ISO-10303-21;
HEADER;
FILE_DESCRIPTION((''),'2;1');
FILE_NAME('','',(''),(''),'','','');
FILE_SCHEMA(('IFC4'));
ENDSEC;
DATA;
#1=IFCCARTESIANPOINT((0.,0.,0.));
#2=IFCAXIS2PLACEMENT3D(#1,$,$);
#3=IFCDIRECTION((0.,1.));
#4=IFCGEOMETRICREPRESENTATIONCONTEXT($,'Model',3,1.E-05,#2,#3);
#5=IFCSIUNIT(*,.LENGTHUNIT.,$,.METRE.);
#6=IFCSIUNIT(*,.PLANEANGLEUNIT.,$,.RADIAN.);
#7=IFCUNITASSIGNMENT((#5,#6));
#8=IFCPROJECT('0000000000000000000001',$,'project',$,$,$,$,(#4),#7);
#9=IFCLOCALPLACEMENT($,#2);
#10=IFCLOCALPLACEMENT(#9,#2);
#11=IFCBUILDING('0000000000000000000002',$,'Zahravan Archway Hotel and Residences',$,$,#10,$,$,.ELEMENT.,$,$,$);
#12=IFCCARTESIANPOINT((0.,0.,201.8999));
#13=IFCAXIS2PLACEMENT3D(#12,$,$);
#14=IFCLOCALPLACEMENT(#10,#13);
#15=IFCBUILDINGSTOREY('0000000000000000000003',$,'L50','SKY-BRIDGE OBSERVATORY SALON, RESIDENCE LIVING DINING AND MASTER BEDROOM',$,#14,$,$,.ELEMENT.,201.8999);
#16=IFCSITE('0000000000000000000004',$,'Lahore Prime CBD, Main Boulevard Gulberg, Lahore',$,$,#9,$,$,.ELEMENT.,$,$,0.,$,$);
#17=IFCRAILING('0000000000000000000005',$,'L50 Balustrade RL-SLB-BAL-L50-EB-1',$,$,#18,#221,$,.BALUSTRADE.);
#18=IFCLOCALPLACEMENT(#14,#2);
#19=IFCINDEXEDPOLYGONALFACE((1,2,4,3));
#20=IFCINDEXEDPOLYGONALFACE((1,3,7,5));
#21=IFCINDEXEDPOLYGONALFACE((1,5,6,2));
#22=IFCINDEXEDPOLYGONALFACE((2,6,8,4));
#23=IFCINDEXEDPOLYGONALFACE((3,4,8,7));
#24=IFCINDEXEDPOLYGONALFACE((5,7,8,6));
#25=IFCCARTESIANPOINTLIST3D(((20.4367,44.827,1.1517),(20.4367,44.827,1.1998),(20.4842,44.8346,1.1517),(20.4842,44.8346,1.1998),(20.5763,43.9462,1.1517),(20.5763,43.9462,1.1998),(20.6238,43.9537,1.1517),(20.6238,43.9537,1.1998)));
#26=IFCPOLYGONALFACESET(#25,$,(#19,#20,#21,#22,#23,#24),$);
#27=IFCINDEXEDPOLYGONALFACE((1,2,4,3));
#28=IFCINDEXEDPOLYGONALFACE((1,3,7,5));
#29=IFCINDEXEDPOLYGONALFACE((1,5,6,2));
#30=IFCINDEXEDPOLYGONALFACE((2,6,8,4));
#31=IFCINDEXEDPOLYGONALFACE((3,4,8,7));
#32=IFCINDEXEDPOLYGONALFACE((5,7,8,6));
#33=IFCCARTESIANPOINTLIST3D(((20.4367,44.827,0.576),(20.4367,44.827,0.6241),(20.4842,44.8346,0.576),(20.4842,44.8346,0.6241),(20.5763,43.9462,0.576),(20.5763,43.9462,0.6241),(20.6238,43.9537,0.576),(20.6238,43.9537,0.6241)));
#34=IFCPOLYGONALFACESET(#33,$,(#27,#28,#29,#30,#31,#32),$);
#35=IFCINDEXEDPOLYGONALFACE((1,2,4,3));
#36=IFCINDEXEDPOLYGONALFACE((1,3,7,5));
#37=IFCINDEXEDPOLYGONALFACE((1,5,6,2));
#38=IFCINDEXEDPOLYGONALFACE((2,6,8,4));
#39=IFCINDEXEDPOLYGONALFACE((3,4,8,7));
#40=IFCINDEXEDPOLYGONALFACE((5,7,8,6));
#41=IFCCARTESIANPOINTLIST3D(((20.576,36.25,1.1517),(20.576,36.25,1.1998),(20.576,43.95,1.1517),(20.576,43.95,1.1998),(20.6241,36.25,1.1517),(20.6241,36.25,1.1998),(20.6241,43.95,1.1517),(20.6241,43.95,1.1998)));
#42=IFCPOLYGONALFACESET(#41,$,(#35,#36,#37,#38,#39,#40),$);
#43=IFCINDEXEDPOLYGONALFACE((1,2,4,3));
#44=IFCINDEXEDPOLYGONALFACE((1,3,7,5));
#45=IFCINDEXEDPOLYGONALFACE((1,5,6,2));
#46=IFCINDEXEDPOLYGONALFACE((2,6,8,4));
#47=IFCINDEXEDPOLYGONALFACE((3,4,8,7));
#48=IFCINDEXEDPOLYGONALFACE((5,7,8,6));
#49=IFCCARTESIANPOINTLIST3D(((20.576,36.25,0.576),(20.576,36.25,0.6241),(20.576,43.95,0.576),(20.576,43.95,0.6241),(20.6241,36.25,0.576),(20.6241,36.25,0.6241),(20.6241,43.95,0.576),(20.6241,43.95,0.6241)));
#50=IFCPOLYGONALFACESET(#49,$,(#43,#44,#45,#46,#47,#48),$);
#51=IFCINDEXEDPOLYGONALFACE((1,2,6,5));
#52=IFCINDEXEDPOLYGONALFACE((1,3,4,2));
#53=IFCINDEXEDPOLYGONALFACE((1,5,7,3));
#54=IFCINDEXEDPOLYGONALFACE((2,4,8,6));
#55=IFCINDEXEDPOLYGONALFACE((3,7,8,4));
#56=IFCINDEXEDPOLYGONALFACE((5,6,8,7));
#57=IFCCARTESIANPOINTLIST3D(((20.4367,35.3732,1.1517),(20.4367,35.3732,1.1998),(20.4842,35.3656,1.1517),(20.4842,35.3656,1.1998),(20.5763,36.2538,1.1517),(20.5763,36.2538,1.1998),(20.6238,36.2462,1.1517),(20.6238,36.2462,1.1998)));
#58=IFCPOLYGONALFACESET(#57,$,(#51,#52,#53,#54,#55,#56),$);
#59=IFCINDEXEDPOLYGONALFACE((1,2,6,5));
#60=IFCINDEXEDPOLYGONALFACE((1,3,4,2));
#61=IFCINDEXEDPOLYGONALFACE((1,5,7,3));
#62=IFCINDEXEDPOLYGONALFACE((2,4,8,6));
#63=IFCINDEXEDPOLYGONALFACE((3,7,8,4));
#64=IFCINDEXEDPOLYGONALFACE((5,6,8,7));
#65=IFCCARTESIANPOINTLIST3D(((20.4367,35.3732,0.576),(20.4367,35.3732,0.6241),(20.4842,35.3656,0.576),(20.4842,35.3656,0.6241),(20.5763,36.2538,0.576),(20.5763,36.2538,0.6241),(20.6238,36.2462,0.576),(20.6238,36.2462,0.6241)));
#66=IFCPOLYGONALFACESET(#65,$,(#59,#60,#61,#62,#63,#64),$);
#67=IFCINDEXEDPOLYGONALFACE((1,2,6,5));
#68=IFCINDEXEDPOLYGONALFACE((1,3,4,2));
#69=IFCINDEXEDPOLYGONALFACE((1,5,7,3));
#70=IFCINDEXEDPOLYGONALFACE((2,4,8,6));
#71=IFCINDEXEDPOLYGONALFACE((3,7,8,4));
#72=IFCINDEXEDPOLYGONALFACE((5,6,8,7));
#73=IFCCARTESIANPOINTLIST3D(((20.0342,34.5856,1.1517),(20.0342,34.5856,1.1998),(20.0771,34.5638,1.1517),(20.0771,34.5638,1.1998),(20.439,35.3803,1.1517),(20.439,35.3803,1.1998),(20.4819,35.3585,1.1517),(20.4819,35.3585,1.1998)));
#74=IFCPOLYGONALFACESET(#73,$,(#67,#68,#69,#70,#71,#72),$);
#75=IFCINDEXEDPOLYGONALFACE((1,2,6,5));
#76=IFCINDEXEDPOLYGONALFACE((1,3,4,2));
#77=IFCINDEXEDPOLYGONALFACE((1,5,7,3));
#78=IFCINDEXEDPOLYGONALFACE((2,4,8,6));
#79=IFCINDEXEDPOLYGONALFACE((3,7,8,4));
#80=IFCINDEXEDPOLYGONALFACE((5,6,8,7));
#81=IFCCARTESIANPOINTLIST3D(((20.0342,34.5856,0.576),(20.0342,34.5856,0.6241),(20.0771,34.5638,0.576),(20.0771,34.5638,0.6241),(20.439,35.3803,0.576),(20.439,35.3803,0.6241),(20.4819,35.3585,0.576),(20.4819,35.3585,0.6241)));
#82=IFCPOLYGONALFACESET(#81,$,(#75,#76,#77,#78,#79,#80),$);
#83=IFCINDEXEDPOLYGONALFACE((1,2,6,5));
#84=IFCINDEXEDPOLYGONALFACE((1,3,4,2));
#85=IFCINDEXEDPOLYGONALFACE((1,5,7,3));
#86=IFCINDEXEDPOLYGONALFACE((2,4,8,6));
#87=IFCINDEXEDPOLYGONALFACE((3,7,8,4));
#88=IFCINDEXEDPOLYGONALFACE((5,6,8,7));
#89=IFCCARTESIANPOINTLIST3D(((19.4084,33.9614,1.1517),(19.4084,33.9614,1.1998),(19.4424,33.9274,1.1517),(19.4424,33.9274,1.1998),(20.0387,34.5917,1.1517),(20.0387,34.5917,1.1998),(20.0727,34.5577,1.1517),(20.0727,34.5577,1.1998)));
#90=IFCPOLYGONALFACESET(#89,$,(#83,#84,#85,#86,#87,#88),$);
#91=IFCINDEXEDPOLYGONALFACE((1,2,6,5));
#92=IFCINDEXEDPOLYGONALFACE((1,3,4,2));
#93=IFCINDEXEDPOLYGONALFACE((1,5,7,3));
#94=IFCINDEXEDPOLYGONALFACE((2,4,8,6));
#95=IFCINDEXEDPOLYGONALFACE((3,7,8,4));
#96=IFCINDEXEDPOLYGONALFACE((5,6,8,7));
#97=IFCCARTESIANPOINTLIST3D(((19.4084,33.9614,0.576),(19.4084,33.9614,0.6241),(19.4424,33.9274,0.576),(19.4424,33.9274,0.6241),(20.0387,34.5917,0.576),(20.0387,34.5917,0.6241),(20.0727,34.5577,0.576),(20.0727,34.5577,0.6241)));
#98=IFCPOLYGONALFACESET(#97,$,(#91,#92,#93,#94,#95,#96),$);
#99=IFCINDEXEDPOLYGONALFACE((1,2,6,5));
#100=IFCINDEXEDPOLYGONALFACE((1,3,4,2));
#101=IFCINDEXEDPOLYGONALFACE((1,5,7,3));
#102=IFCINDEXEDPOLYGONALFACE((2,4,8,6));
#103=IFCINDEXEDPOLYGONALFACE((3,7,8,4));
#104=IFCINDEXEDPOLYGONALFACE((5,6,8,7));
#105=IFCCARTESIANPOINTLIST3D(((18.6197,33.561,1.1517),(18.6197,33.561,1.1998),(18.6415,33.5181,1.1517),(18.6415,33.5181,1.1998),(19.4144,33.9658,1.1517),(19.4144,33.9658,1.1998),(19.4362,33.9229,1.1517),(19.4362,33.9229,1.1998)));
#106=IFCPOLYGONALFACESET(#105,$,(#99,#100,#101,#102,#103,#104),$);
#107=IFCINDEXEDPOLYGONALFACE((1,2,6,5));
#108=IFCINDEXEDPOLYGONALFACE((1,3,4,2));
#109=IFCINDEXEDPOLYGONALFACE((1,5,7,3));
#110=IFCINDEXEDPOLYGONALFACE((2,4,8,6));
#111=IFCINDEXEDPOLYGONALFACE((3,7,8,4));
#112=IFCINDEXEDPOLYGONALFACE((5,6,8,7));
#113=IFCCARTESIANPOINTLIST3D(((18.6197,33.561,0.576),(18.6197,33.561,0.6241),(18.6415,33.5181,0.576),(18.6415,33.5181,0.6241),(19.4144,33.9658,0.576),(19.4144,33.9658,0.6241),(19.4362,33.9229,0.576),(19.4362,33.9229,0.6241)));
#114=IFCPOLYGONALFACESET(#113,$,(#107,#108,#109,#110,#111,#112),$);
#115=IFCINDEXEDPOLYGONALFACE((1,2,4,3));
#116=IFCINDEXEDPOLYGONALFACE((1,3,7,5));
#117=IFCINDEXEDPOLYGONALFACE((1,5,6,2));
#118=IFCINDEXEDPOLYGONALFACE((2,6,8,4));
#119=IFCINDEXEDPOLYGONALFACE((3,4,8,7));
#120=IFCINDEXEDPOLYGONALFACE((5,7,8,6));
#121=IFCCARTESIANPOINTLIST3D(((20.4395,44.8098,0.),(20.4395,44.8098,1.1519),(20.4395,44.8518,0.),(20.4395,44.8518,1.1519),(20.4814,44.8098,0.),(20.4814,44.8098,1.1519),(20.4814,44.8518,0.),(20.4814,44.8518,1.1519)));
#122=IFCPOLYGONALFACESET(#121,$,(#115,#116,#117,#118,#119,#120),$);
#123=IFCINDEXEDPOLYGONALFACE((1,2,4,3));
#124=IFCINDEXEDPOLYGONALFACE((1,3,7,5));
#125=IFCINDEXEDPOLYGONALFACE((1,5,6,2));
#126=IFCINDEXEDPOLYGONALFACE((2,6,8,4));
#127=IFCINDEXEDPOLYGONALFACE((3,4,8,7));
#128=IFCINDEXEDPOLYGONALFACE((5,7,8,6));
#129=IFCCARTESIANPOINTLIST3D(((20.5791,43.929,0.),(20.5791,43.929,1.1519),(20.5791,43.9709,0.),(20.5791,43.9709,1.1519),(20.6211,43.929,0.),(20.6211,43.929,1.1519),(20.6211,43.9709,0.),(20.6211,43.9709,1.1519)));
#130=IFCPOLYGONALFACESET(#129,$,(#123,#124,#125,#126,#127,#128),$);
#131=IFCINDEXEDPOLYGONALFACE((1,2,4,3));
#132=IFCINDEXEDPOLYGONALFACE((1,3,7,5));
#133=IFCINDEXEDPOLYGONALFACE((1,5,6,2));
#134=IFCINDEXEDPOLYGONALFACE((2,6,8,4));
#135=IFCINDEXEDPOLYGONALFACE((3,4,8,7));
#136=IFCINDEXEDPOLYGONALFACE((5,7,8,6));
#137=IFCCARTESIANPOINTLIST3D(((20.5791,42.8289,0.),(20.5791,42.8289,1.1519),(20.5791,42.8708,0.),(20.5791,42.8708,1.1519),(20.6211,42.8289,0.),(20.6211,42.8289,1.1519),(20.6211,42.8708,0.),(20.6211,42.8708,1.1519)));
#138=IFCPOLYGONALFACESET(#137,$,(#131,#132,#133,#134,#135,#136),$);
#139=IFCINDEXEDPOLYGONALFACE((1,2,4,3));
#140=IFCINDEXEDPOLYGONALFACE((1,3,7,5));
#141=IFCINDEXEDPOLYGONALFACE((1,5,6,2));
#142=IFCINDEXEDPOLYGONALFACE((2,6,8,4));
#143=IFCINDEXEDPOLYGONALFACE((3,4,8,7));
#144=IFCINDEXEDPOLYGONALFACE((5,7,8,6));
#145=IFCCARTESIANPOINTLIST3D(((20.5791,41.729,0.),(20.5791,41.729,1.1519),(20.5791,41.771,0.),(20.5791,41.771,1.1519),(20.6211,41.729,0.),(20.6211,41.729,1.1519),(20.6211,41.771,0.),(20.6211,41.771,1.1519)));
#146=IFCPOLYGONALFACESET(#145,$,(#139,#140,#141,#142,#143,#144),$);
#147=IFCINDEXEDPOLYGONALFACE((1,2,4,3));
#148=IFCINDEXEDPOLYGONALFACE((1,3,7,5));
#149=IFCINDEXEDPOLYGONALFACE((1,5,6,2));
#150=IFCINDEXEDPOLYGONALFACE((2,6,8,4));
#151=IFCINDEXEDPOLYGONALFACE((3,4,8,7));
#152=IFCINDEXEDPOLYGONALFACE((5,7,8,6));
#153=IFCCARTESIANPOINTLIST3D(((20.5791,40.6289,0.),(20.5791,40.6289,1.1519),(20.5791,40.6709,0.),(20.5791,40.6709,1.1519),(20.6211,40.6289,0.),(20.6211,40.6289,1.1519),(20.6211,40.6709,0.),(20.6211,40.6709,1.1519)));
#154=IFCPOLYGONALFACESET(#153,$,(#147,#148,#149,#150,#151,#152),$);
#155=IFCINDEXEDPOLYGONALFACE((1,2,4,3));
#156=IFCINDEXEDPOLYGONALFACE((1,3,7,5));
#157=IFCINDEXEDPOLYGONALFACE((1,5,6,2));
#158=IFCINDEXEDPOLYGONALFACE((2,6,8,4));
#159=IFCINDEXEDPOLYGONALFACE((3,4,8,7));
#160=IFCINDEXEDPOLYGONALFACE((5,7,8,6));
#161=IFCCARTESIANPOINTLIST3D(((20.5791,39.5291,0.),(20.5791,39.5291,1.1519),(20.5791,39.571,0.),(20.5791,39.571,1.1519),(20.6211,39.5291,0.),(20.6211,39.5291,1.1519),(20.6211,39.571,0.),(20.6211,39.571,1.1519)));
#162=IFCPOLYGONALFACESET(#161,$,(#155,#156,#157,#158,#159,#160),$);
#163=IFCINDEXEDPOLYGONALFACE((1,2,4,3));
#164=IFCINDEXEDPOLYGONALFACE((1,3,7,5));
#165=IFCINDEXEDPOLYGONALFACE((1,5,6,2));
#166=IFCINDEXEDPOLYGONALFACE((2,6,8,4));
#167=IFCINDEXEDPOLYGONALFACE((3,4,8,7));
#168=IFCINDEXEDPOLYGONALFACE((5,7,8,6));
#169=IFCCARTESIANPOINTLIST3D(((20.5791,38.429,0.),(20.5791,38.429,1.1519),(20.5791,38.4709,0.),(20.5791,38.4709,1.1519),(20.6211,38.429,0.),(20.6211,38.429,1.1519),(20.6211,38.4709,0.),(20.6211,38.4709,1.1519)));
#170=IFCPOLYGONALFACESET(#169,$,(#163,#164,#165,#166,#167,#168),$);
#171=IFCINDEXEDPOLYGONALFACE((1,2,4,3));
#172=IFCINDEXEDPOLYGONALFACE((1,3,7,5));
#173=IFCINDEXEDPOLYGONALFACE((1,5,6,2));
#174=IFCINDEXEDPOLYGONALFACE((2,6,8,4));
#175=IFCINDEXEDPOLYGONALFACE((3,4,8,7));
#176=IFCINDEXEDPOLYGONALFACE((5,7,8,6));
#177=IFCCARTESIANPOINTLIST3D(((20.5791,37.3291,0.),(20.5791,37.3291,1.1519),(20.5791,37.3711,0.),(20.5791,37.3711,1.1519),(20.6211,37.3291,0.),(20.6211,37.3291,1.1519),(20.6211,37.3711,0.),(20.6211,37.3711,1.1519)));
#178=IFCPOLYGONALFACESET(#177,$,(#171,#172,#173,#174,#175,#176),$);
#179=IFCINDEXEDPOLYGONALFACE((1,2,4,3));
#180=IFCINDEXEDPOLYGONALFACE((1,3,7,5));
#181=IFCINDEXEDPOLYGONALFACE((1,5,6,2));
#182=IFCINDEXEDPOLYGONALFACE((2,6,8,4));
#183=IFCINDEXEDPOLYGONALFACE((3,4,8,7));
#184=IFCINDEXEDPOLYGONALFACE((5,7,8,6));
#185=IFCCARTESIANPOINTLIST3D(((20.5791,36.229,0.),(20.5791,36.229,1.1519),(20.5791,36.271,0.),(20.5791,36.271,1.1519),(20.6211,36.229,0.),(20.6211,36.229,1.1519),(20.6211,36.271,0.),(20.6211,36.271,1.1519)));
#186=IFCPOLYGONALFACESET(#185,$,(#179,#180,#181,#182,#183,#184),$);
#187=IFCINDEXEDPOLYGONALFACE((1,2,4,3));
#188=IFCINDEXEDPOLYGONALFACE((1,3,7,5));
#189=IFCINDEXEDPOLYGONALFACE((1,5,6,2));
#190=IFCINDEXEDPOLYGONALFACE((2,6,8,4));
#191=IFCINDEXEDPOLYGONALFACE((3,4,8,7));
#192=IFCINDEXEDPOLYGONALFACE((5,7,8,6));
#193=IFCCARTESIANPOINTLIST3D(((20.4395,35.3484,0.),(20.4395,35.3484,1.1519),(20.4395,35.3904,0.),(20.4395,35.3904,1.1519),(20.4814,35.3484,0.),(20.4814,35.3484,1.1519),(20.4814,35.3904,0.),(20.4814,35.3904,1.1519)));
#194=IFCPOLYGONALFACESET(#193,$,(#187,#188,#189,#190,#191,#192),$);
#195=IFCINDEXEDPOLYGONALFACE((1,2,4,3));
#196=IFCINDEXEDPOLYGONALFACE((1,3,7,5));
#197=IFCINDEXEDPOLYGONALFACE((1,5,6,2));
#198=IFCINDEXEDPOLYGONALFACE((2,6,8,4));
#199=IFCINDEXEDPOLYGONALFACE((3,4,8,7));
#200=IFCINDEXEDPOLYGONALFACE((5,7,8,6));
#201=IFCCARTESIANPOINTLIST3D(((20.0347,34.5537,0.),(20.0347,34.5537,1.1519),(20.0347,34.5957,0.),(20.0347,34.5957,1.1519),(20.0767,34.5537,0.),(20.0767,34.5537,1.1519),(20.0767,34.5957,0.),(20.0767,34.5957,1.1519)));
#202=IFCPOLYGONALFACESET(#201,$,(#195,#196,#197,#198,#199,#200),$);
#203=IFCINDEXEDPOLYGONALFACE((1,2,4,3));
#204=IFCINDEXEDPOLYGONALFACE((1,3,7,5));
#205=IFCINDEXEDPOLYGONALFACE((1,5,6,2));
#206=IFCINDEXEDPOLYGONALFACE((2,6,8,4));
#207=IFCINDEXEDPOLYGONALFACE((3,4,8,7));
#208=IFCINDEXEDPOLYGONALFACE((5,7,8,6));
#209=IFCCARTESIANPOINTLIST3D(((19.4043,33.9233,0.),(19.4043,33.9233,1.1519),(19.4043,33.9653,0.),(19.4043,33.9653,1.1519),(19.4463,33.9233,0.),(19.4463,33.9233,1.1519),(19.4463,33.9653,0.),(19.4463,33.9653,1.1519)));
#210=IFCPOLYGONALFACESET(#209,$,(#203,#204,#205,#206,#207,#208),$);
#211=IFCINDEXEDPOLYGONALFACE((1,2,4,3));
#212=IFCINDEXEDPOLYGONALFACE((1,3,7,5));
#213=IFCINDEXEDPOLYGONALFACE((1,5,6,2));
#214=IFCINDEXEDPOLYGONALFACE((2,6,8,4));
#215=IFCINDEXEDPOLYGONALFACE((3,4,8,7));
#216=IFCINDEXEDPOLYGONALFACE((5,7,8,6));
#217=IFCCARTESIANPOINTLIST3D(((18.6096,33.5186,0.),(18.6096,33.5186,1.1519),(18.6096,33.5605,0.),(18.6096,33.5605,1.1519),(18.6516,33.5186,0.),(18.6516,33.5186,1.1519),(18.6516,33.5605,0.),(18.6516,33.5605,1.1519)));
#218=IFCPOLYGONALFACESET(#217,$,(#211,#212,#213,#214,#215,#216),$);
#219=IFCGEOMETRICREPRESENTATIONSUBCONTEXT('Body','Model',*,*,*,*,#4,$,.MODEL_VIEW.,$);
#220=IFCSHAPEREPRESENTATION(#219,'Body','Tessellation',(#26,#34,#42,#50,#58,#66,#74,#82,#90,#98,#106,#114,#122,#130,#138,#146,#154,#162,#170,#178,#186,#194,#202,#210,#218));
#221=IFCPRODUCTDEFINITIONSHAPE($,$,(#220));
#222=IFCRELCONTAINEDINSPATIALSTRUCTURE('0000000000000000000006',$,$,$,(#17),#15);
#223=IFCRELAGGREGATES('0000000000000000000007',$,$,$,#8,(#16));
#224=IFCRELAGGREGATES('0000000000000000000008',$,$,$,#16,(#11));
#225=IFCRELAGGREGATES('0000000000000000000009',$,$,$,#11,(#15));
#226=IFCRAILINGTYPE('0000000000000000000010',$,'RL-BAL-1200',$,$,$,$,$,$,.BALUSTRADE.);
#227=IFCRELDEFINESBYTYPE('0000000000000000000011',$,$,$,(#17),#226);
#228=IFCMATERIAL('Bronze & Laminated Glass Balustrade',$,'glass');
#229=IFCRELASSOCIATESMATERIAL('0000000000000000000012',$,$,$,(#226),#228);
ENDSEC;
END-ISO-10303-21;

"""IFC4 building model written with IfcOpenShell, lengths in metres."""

from ifc_helpers import new_model, si_unit, direction, frame, origin, origin_2d, place, context, subcontext, project, spatial, rectangle, extrude, material, type_object, element, save


model = new_model("IFC4")

# Units and contexts
model_context = context("Model", 3, precision=1e-05, world=origin(), true_north=direction((0.0, 1.0)))
body_context = subcontext(model_context, "Body", "Model", "MODEL_VIEW")
ifc_project = project(units=[si_unit("LENGTHUNIT", "METRE"), si_unit("PLANEANGLEUNIT", "RADIAN")], contexts=[model_context])

# Site, building, storey
site_placement = place(None, origin())
site = spatial("IfcSite", under=ifc_project, at=site_placement, Name="Lahore Prime CBD, Main Boulevard Gulberg, Lahore", CompositionType="ELEMENT", RefElevation=0.0)
building_placement = place(site_placement, origin())
building = spatial("IfcBuilding", under=site, at=building_placement, Name="Zahravan Archway Hotel and Residences", CompositionType="ELEMENT")
storey_placement = place(building_placement, frame((0.0, 0.0, 201.8999)))
storey = spatial("IfcBuildingStorey", under=building, at=storey_placement, Name="L50", Description="SKY-BRIDGE OBSERVATORY SALON, RESIDENCE LIVING DINING AND MASTER BEDROOM", CompositionType="ELEMENT", Elevation=201.8999)

# Railing
ifc_material_1 = material(Name="Bronze & Laminated Glass Balustrade", Category="glass")
railing_type = type_object("IfcRailingType", Name="RL-BAL-1200", PredefinedType="BALUSTRADE", material=ifc_material_1)
railing_placement = place(storey_placement, frame((20.4604, 44.8308, 0.0)))
element("IfcRailing", 1, at=railing_placement, inside=storey, type_object=railing_type, Name="L50 Balustrade RL-SLB-BAL-L50-EB-1", PredefinedType="BALUSTRADE", context=body_context, shape_type="SweptSolid", body=[
    extrude(rectangle(XDim=0.0481, YDim=0.0481, at=origin_2d()), frame((0.0, 0.0, 1.1758), z_axis=(0.156581, -0.987665, 0.0), x_axis=(0.987665, 0.156581, 0.0)), (0.0, 0.0, 1.0), 0.8918),
    extrude(rectangle(XDim=0.0481, YDim=0.0481, at=origin_2d()), frame((0.0, 0.0, 0.6001), z_axis=(0.156581, -0.987665, 0.0), x_axis=(0.987665, 0.156581, 0.0)), (0.0, 0.0, 1.0), 0.8918),
    extrude(rectangle(XDim=0.0481, YDim=0.0481, at=origin_2d()), frame((0.1396, -0.8809, 1.1758), z_axis=(0.0, -1.0, 0.0), x_axis=(1.0, 0.0, 0.0)), (0.0, 0.0, 1.0), 7.7),
    extrude(rectangle(XDim=0.0481, YDim=0.0481, at=origin_2d()), frame((0.1396, -0.8809, 0.6001), z_axis=(0.0, -1.0, 0.0), x_axis=(1.0, 0.0, 0.0)), (0.0, 0.0, 1.0), 7.7),
    extrude(rectangle(XDim=0.0481, YDim=0.0481, at=origin_2d()), frame((0.1396, -8.5808, 1.1758), z_axis=(-0.156623, -0.987658, 0.0), x_axis=(0.987658, -0.156623, 0.0)), (0.0, 0.0, 1.0), 0.8916),
    extrude(rectangle(XDim=0.0481, YDim=0.0481, at=origin_2d()), frame((0.1396, -8.5808, 0.6001), z_axis=(-0.156623, -0.987658, 0.0), x_axis=(0.987658, -0.156623, 0.0)), (0.0, 0.0, 1.0), 0.8916),
    extrude(rectangle(XDim=0.0481, YDim=0.0481, at=origin_2d()), frame((0.0, -9.4614, 1.1758), z_axis=(-0.453881, -0.891062, 0.0), x_axis=(0.891062, -0.453881, 0.0)), (0.0, 0.0, 1.0), 0.8918),
    extrude(rectangle(XDim=0.0481, YDim=0.0481, at=origin_2d()), frame((0.0, -9.4614, 0.6001), z_axis=(-0.453881, -0.891062, 0.0), x_axis=(0.891062, -0.453881, 0.0)), (0.0, 0.0, 1.0), 0.8918),
    extrude(rectangle(XDim=0.0481, YDim=0.0481, at=origin_2d()), frame((-0.4048, -10.2561, 1.1758), z_axis=(-0.707107, -0.707107, 0.0), x_axis=(0.707107, -0.707107, 0.0)), (0.0, 0.0, 1.0), 0.8914),
    extrude(rectangle(XDim=0.0481, YDim=0.0481, at=origin_2d()), frame((-0.4048, -10.2561, 0.6001), z_axis=(-0.707107, -0.707107, 0.0), x_axis=(0.707107, -0.707107, 0.0)), (0.0, 0.0, 1.0), 0.8914),
    extrude(rectangle(XDim=0.0481, YDim=0.0481, at=origin_2d()), frame((-1.0352, -10.8865, 1.1758), z_axis=(-0.891062, -0.453881, 0.0), x_axis=(0.453881, -0.891062, 0.0)), (0.0, 0.0, 1.0), 0.8918),
    extrude(rectangle(XDim=0.0481, YDim=0.0481, at=origin_2d()), frame((-1.0352, -10.8865, 0.6001), z_axis=(-0.891062, -0.453881, 0.0), x_axis=(0.453881, -0.891062, 0.0)), (0.0, 0.0, 1.0), 0.8918),
    extrude(rectangle(XDim=0.042, YDim=0.042, at=origin_2d()), origin(), (0.0, 0.0, 1.0), 1.1519),
    extrude(rectangle(XDim=0.042, YDim=0.042, at=origin_2d()), frame((0.1396, -0.8809, 0.0)), (0.0, 0.0, 1.0), 1.1519),
    extrude(rectangle(XDim=0.042, YDim=0.042, at=origin_2d()), frame((0.1396, -1.981, 0.0)), (0.0, 0.0, 1.0), 1.1519),
    extrude(rectangle(XDim=0.042, YDim=0.042, at=origin_2d()), frame((0.1396, -3.0808, 0.0)), (0.0, 0.0, 1.0), 1.1519),
    extrude(rectangle(XDim=0.042, YDim=0.042, at=origin_2d()), frame((0.1396, -4.1809, 0.0)), (0.0, 0.0, 1.0), 1.1519),
    extrude(rectangle(XDim=0.042, YDim=0.042, at=origin_2d()), frame((0.1396, -5.2808, 0.0)), (0.0, 0.0, 1.0), 1.1519),
    extrude(rectangle(XDim=0.042, YDim=0.042, at=origin_2d()), frame((0.1396, -6.3809, 0.0)), (0.0, 0.0, 1.0), 1.1519),
    extrude(rectangle(XDim=0.042, YDim=0.042, at=origin_2d()), frame((0.1396, -7.4807, 0.0)), (0.0, 0.0, 1.0), 1.1519),
    extrude(rectangle(XDim=0.042, YDim=0.042, at=origin_2d()), frame((0.1396, -8.5808, 0.0)), (0.0, 0.0, 1.0), 1.1519),
    extrude(rectangle(XDim=0.042, YDim=0.042, at=origin_2d()), frame((0.0, -9.4614, 0.0)), (0.0, 0.0, 1.0), 1.1519),
    extrude(rectangle(XDim=0.042, YDim=0.042, at=origin_2d()), frame((-0.4048, -10.2561, 0.0)), (0.0, 0.0, 1.0), 1.1519),
    extrude(rectangle(XDim=0.042, YDim=0.042, at=origin_2d()), frame((-1.0352, -10.8865, 0.0)), (0.0, 0.0, 1.0), 1.1519),
    extrude(rectangle(XDim=0.042, YDim=0.042, at=origin_2d()), frame((-1.8298, -11.2913, 0.0)), (0.0, 0.0, 1.0), 1.1519),
])

save(model, "model.ifc")
